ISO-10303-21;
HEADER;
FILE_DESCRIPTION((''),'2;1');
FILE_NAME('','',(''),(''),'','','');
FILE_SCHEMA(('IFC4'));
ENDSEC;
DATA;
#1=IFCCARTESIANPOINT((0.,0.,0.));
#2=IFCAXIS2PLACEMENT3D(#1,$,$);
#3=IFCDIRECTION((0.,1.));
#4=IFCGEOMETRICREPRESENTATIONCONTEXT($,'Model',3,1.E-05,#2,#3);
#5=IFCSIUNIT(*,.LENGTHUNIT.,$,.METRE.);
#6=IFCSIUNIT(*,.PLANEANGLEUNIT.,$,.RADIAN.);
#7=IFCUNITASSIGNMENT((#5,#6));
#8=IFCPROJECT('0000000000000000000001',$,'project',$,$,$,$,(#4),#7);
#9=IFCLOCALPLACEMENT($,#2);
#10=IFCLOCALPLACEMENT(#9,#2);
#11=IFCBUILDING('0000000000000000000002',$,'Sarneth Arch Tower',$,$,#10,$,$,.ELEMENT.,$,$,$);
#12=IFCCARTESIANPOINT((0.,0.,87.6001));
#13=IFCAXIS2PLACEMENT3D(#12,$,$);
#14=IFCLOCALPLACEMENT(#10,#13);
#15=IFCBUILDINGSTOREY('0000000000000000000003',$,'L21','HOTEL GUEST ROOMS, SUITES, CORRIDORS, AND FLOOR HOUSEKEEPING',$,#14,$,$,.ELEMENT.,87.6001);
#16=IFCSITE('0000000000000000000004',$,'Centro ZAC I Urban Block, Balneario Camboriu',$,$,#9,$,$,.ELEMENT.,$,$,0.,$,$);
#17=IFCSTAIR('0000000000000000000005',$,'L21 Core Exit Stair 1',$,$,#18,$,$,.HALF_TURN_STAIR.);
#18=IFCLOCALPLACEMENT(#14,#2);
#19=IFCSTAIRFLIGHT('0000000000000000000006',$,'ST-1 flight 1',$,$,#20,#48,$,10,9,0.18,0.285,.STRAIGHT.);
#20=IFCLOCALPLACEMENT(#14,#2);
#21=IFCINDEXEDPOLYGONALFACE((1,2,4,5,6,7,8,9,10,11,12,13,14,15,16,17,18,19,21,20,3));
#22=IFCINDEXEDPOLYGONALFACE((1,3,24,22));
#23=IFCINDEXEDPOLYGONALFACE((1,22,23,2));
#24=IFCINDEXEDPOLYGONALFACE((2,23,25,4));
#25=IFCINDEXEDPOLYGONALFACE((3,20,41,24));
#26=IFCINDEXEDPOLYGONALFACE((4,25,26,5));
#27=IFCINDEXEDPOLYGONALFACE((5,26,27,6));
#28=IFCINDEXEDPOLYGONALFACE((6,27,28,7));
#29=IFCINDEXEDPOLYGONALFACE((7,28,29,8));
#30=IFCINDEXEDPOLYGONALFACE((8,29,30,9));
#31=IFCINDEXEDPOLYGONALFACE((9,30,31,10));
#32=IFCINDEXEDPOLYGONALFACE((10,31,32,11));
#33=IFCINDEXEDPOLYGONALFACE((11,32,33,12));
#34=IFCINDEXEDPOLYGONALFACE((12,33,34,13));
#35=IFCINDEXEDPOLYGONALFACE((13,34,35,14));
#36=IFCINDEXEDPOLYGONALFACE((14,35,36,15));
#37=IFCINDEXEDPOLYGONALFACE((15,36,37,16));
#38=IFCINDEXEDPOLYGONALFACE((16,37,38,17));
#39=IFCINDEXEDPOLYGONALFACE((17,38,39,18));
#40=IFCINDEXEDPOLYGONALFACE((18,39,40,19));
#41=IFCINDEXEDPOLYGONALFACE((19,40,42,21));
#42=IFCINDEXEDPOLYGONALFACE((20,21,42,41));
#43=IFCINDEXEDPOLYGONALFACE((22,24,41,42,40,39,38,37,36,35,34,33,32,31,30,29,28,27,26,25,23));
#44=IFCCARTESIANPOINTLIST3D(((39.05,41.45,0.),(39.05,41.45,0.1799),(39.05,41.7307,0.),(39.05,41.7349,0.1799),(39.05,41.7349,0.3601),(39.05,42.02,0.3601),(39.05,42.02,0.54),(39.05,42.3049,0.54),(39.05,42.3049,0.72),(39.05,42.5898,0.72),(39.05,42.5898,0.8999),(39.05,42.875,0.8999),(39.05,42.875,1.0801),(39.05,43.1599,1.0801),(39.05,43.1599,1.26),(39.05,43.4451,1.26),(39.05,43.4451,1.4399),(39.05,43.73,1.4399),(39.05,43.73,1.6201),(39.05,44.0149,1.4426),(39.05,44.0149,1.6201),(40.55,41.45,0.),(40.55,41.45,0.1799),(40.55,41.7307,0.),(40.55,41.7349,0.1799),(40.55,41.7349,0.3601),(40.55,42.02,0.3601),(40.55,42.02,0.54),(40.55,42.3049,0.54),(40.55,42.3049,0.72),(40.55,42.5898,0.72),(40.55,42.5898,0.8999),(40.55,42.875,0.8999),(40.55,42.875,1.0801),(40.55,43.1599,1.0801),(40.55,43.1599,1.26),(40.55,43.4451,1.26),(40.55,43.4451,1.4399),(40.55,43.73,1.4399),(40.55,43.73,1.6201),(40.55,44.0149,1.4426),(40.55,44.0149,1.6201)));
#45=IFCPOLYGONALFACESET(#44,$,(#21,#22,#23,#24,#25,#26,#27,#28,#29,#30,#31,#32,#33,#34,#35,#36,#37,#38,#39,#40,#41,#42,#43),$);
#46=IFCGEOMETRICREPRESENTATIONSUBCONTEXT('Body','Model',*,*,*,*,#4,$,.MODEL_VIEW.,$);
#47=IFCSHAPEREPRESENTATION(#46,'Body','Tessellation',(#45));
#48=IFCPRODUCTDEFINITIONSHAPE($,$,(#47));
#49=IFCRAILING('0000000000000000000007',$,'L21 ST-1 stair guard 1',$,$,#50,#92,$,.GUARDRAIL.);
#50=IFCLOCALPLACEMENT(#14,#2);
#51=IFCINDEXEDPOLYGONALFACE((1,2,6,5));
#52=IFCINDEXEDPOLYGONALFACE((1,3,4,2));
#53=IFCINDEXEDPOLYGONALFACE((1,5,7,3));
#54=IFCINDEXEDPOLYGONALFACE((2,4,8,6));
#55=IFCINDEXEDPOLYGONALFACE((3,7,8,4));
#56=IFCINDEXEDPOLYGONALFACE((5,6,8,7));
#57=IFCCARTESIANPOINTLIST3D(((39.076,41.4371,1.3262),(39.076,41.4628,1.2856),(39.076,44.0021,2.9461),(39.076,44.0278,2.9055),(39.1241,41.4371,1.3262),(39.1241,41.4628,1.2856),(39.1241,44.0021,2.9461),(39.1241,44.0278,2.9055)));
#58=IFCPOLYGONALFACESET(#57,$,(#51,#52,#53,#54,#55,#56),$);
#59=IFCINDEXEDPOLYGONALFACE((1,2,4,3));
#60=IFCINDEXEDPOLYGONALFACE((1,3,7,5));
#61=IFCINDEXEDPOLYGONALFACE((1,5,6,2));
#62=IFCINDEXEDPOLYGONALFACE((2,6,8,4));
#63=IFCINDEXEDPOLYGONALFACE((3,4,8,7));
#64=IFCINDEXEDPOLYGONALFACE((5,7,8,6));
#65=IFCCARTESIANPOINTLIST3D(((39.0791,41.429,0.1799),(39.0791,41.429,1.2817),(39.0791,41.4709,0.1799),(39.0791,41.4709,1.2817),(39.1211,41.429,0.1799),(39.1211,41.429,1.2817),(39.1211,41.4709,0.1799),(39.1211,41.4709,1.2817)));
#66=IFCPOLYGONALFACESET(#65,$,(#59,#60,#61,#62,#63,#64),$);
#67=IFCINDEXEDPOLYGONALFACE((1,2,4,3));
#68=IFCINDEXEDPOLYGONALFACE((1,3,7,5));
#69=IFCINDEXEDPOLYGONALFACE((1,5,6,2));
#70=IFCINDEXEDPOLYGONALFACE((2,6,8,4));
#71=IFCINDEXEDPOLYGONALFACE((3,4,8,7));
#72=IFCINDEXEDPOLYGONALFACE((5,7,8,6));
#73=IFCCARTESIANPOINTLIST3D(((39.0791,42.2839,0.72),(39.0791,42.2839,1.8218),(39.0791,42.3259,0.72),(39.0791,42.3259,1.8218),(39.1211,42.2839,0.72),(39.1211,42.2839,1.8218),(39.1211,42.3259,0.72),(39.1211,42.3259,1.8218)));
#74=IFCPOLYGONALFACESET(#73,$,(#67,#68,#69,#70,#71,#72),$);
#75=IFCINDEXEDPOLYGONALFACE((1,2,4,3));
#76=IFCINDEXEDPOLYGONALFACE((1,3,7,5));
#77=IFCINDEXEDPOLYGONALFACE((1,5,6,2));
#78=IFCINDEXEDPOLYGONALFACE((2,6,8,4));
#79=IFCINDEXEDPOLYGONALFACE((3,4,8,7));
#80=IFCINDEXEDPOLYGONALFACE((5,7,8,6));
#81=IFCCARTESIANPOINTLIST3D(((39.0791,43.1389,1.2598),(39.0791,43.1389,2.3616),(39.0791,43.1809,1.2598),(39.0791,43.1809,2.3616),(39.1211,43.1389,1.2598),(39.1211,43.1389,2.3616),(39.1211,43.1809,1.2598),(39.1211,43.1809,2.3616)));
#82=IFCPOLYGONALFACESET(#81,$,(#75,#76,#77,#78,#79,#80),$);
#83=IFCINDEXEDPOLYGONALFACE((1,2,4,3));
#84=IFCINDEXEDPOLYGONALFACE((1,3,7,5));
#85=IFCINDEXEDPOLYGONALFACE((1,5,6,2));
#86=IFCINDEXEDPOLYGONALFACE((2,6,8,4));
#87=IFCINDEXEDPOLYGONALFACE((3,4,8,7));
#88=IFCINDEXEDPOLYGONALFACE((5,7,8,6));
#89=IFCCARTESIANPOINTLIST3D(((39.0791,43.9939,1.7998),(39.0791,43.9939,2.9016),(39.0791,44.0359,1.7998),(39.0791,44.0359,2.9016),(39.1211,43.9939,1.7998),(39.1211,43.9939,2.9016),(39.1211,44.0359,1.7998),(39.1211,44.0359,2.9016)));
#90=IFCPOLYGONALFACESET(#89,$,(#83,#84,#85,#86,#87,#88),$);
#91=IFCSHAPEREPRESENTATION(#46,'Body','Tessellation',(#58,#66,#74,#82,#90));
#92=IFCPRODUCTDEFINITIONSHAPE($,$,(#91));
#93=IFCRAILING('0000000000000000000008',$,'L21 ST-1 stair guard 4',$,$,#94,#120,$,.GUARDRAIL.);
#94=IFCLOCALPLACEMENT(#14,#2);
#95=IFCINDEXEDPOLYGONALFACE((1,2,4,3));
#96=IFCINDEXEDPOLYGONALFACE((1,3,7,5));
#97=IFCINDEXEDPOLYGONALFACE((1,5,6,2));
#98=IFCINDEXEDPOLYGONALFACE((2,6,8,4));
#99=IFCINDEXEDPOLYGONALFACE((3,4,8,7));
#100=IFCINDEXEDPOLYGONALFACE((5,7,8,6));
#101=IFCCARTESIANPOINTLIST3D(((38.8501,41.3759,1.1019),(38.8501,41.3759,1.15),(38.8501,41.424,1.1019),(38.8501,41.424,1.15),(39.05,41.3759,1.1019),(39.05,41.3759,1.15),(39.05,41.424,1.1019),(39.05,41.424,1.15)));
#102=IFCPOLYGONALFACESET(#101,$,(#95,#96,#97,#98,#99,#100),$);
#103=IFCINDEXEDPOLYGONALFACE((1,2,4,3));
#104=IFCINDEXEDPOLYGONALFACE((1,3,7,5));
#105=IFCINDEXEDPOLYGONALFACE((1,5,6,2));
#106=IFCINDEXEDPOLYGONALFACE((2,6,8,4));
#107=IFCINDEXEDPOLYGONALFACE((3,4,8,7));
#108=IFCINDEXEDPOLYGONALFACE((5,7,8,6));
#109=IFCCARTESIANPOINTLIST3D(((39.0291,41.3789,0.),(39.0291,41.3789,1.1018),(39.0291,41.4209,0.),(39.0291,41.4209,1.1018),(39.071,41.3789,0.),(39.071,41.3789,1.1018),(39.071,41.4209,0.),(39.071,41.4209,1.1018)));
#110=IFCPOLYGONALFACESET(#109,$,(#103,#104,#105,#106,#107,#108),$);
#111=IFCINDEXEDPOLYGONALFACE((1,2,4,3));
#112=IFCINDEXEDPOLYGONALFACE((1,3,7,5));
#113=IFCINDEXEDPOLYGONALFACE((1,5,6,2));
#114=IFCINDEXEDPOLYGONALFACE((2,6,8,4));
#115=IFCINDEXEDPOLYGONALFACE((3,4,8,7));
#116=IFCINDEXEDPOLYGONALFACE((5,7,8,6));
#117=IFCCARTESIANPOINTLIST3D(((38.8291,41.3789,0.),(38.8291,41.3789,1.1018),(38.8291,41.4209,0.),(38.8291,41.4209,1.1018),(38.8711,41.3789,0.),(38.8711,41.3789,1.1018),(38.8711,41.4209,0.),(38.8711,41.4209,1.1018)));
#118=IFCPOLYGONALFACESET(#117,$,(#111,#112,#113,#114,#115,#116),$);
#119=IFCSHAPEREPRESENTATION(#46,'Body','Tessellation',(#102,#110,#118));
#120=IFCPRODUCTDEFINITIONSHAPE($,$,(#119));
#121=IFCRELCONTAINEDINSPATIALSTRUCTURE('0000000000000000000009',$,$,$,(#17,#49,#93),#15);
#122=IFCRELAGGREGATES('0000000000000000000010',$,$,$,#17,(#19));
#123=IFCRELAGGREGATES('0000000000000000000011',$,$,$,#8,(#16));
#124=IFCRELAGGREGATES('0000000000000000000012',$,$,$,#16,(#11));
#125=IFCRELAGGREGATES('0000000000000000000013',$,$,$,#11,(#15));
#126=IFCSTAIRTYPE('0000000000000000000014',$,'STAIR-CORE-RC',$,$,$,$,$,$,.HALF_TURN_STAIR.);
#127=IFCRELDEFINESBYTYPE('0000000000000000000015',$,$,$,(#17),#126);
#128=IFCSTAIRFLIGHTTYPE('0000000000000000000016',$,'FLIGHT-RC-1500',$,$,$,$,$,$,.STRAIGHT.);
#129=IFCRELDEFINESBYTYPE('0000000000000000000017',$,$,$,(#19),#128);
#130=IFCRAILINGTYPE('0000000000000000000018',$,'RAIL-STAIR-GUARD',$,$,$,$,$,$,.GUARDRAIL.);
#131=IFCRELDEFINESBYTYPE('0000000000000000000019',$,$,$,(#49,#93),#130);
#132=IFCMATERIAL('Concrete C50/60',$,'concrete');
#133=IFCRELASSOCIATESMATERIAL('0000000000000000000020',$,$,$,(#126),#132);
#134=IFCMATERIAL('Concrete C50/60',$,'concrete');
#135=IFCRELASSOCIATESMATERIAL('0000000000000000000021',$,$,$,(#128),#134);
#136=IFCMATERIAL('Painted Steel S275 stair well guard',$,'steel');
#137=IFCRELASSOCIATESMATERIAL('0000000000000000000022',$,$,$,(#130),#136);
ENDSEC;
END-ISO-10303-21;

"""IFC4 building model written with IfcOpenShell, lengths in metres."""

from ifc_helpers import new_model, si_unit, direction, frame, origin, origin_2d, place, context, subcontext, project, spatial, polyline, rectangle, outline, extrude, material, type_object, element, aggregate, save


model = new_model("IFC4")

# Units and contexts
model_context = context("Model", 3, precision=1e-05, world=origin(), true_north=direction((0.0, 1.0)))
body_context = subcontext(model_context, "Body", "Model", "MODEL_VIEW")
ifc_project = project(units=[si_unit("LENGTHUNIT", "METRE"), si_unit("PLANEANGLEUNIT", "RADIAN")], contexts=[model_context])

# Site, building, storey
site_placement = place(None, origin())
site = spatial("IfcSite", under=ifc_project, at=site_placement, Name="Centro ZAC I Urban Block, Balneario Camboriu", CompositionType="ELEMENT", RefElevation=0.0)
building_placement = place(site_placement, origin())
building = spatial("IfcBuilding", under=site, at=building_placement, Name="Sarneth Arch Tower", CompositionType="ELEMENT")
storey_placement = place(building_placement, frame((0.0, 0.0, 87.6001)))
storey = spatial("IfcBuildingStorey", under=building, at=storey_placement, Name="L21", Description="HOTEL GUEST ROOMS, SUITES, CORRIDORS, AND FLOOR HOUSEKEEPING", CompositionType="ELEMENT", Elevation=87.6001)

# Stair, stair flight
ifc_material_1 = material(Name="Concrete C50/60", Category="concrete")
stair_type = type_object("IfcStairType", Name="STAIR-CORE-RC", PredefinedType="HALF_TURN_STAIR", material=ifc_material_1)
stair_placement = place(storey_placement, origin())
stair = element("IfcStair", 1, at=stair_placement, inside=storey, type_object=stair_type, Name="L21 Core Exit Stair 1", PredefinedType="HALF_TURN_STAIR")
ifc_material_2 = material(Name="Concrete C50/60", Category="concrete")
stair_flight_type = type_object("IfcStairFlightType", Name="FLIGHT-RC-1500", PredefinedType="STRAIGHT", material=ifc_material_2)
stair_flight_placement = place(storey_placement, frame((39.8, 41.45, 0.0), z_axis=(0.0, 0.0, 1.0), x_axis=(0.0, 1.0, 0.0)))
stair_flight = element("IfcStairFlight", 2, at=stair_flight_placement, type_object=stair_flight_type, Name="ST-1 flight 1", NumberOfRisers=10, NumberOfTreads=9, PredefinedType="STRAIGHT", RiserHeight=0.18, TreadLength=0.285, context=body_context, shape_type="SweptSolid", body=[
    extrude(outline(polyline([(0.0, 0.0), (0.0, 0.1799), (0.2849, 0.1799), (0.2849, 0.3601), (0.5701, 0.3601), (0.5701, 0.54), (0.855, 0.54), (0.855, 0.72), (1.1399, 0.72), (1.1399, 0.8999), (1.425, 0.8999), (1.425, 1.0801), (1.71, 1.0801), (1.71, 1.26), (1.9951, 1.26), (1.9951, 1.4399), (2.28, 1.4399), (2.28, 1.6201), (2.5649, 1.6201), (2.5649, 1.8), (2.5649, 1.4426), (0.2808, 0.0), (0.0, 0.0)])), frame((0.0, 0.75, 0.0), z_axis=(0.0, -1.0, 0.0), x_axis=(1.0, 0.0, 0.0)), (0.0, 0.0, 1.0), 1.5),
])
aggregate(stair, [stair_flight])

# Railings
ifc_material_3 = material(Name="Painted Steel S275 stair well guard", Category="steel")
railing_type = type_object("IfcRailingType", Name="RAIL-STAIR-GUARD", PredefinedType="GUARDRAIL", material=ifc_material_3)
railing_1_placement = place(storey_placement, frame((39.1001, 41.45, 0.1799)))
element("IfcRailing", 3, at=railing_1_placement, inside=storey, type_object=railing_type, Name="L21 ST-1 stair guard 1", PredefinedType="GUARDRAIL", context=body_context, shape_type="SweptSolid", body=[
    extrude(rectangle(XDim=0.0481, YDim=0.0481, at=origin_2d()), frame((0.0, 0.0, 1.126), z_axis=(0.0, 0.845502, 0.533972), x_axis=(-1.0, 0.0, 0.0)), (0.0, 0.0, 1.0), 3.0337),
    extrude(rectangle(XDim=0.042, YDim=0.042, at=origin_2d()), origin(), (0.0, 0.0, 1.0), 1.1018),
    extrude(rectangle(XDim=0.042, YDim=0.042, at=origin_2d()), frame((0.0, 0.855, 0.54)), (0.0, 0.0, 1.0), 1.1018),
    extrude(rectangle(XDim=0.042, YDim=0.042, at=origin_2d()), frame((0.0, 1.71, 1.0798)), (0.0, 0.0, 1.0), 1.1018),
    extrude(rectangle(XDim=0.042, YDim=0.042, at=origin_2d()), frame((0.0, 2.5649, 1.6199)), (0.0, 0.0, 1.0), 1.1018),
])
railing_2_placement = place(storey_placement, frame((39.05, 41.3999, 0.0)))
element("IfcRailing", 4, at=railing_2_placement, inside=storey, type_object=railing_type, Name="L21 ST-1 stair guard 4", PredefinedType="GUARDRAIL", context=body_context, shape_type="SweptSolid", body=[
    extrude(rectangle(XDim=0.0481, YDim=0.0481, at=origin_2d()), frame((0.0, 0.0, 1.126), z_axis=(-1.0, 0.0, 0.0), x_axis=(0.0, -1.0, 0.0)), (0.0, 0.0, 1.0), 0.2),
    extrude(rectangle(XDim=0.042, YDim=0.042, at=origin_2d()), origin(), (0.0, 0.0, 1.0), 1.1018),
    extrude(rectangle(XDim=0.042, YDim=0.042, at=origin_2d()), frame((-0.2, 0.0, 0.0)), (0.0, 0.0, 1.0), 1.1018),
])

save(model, "model.ifc")
